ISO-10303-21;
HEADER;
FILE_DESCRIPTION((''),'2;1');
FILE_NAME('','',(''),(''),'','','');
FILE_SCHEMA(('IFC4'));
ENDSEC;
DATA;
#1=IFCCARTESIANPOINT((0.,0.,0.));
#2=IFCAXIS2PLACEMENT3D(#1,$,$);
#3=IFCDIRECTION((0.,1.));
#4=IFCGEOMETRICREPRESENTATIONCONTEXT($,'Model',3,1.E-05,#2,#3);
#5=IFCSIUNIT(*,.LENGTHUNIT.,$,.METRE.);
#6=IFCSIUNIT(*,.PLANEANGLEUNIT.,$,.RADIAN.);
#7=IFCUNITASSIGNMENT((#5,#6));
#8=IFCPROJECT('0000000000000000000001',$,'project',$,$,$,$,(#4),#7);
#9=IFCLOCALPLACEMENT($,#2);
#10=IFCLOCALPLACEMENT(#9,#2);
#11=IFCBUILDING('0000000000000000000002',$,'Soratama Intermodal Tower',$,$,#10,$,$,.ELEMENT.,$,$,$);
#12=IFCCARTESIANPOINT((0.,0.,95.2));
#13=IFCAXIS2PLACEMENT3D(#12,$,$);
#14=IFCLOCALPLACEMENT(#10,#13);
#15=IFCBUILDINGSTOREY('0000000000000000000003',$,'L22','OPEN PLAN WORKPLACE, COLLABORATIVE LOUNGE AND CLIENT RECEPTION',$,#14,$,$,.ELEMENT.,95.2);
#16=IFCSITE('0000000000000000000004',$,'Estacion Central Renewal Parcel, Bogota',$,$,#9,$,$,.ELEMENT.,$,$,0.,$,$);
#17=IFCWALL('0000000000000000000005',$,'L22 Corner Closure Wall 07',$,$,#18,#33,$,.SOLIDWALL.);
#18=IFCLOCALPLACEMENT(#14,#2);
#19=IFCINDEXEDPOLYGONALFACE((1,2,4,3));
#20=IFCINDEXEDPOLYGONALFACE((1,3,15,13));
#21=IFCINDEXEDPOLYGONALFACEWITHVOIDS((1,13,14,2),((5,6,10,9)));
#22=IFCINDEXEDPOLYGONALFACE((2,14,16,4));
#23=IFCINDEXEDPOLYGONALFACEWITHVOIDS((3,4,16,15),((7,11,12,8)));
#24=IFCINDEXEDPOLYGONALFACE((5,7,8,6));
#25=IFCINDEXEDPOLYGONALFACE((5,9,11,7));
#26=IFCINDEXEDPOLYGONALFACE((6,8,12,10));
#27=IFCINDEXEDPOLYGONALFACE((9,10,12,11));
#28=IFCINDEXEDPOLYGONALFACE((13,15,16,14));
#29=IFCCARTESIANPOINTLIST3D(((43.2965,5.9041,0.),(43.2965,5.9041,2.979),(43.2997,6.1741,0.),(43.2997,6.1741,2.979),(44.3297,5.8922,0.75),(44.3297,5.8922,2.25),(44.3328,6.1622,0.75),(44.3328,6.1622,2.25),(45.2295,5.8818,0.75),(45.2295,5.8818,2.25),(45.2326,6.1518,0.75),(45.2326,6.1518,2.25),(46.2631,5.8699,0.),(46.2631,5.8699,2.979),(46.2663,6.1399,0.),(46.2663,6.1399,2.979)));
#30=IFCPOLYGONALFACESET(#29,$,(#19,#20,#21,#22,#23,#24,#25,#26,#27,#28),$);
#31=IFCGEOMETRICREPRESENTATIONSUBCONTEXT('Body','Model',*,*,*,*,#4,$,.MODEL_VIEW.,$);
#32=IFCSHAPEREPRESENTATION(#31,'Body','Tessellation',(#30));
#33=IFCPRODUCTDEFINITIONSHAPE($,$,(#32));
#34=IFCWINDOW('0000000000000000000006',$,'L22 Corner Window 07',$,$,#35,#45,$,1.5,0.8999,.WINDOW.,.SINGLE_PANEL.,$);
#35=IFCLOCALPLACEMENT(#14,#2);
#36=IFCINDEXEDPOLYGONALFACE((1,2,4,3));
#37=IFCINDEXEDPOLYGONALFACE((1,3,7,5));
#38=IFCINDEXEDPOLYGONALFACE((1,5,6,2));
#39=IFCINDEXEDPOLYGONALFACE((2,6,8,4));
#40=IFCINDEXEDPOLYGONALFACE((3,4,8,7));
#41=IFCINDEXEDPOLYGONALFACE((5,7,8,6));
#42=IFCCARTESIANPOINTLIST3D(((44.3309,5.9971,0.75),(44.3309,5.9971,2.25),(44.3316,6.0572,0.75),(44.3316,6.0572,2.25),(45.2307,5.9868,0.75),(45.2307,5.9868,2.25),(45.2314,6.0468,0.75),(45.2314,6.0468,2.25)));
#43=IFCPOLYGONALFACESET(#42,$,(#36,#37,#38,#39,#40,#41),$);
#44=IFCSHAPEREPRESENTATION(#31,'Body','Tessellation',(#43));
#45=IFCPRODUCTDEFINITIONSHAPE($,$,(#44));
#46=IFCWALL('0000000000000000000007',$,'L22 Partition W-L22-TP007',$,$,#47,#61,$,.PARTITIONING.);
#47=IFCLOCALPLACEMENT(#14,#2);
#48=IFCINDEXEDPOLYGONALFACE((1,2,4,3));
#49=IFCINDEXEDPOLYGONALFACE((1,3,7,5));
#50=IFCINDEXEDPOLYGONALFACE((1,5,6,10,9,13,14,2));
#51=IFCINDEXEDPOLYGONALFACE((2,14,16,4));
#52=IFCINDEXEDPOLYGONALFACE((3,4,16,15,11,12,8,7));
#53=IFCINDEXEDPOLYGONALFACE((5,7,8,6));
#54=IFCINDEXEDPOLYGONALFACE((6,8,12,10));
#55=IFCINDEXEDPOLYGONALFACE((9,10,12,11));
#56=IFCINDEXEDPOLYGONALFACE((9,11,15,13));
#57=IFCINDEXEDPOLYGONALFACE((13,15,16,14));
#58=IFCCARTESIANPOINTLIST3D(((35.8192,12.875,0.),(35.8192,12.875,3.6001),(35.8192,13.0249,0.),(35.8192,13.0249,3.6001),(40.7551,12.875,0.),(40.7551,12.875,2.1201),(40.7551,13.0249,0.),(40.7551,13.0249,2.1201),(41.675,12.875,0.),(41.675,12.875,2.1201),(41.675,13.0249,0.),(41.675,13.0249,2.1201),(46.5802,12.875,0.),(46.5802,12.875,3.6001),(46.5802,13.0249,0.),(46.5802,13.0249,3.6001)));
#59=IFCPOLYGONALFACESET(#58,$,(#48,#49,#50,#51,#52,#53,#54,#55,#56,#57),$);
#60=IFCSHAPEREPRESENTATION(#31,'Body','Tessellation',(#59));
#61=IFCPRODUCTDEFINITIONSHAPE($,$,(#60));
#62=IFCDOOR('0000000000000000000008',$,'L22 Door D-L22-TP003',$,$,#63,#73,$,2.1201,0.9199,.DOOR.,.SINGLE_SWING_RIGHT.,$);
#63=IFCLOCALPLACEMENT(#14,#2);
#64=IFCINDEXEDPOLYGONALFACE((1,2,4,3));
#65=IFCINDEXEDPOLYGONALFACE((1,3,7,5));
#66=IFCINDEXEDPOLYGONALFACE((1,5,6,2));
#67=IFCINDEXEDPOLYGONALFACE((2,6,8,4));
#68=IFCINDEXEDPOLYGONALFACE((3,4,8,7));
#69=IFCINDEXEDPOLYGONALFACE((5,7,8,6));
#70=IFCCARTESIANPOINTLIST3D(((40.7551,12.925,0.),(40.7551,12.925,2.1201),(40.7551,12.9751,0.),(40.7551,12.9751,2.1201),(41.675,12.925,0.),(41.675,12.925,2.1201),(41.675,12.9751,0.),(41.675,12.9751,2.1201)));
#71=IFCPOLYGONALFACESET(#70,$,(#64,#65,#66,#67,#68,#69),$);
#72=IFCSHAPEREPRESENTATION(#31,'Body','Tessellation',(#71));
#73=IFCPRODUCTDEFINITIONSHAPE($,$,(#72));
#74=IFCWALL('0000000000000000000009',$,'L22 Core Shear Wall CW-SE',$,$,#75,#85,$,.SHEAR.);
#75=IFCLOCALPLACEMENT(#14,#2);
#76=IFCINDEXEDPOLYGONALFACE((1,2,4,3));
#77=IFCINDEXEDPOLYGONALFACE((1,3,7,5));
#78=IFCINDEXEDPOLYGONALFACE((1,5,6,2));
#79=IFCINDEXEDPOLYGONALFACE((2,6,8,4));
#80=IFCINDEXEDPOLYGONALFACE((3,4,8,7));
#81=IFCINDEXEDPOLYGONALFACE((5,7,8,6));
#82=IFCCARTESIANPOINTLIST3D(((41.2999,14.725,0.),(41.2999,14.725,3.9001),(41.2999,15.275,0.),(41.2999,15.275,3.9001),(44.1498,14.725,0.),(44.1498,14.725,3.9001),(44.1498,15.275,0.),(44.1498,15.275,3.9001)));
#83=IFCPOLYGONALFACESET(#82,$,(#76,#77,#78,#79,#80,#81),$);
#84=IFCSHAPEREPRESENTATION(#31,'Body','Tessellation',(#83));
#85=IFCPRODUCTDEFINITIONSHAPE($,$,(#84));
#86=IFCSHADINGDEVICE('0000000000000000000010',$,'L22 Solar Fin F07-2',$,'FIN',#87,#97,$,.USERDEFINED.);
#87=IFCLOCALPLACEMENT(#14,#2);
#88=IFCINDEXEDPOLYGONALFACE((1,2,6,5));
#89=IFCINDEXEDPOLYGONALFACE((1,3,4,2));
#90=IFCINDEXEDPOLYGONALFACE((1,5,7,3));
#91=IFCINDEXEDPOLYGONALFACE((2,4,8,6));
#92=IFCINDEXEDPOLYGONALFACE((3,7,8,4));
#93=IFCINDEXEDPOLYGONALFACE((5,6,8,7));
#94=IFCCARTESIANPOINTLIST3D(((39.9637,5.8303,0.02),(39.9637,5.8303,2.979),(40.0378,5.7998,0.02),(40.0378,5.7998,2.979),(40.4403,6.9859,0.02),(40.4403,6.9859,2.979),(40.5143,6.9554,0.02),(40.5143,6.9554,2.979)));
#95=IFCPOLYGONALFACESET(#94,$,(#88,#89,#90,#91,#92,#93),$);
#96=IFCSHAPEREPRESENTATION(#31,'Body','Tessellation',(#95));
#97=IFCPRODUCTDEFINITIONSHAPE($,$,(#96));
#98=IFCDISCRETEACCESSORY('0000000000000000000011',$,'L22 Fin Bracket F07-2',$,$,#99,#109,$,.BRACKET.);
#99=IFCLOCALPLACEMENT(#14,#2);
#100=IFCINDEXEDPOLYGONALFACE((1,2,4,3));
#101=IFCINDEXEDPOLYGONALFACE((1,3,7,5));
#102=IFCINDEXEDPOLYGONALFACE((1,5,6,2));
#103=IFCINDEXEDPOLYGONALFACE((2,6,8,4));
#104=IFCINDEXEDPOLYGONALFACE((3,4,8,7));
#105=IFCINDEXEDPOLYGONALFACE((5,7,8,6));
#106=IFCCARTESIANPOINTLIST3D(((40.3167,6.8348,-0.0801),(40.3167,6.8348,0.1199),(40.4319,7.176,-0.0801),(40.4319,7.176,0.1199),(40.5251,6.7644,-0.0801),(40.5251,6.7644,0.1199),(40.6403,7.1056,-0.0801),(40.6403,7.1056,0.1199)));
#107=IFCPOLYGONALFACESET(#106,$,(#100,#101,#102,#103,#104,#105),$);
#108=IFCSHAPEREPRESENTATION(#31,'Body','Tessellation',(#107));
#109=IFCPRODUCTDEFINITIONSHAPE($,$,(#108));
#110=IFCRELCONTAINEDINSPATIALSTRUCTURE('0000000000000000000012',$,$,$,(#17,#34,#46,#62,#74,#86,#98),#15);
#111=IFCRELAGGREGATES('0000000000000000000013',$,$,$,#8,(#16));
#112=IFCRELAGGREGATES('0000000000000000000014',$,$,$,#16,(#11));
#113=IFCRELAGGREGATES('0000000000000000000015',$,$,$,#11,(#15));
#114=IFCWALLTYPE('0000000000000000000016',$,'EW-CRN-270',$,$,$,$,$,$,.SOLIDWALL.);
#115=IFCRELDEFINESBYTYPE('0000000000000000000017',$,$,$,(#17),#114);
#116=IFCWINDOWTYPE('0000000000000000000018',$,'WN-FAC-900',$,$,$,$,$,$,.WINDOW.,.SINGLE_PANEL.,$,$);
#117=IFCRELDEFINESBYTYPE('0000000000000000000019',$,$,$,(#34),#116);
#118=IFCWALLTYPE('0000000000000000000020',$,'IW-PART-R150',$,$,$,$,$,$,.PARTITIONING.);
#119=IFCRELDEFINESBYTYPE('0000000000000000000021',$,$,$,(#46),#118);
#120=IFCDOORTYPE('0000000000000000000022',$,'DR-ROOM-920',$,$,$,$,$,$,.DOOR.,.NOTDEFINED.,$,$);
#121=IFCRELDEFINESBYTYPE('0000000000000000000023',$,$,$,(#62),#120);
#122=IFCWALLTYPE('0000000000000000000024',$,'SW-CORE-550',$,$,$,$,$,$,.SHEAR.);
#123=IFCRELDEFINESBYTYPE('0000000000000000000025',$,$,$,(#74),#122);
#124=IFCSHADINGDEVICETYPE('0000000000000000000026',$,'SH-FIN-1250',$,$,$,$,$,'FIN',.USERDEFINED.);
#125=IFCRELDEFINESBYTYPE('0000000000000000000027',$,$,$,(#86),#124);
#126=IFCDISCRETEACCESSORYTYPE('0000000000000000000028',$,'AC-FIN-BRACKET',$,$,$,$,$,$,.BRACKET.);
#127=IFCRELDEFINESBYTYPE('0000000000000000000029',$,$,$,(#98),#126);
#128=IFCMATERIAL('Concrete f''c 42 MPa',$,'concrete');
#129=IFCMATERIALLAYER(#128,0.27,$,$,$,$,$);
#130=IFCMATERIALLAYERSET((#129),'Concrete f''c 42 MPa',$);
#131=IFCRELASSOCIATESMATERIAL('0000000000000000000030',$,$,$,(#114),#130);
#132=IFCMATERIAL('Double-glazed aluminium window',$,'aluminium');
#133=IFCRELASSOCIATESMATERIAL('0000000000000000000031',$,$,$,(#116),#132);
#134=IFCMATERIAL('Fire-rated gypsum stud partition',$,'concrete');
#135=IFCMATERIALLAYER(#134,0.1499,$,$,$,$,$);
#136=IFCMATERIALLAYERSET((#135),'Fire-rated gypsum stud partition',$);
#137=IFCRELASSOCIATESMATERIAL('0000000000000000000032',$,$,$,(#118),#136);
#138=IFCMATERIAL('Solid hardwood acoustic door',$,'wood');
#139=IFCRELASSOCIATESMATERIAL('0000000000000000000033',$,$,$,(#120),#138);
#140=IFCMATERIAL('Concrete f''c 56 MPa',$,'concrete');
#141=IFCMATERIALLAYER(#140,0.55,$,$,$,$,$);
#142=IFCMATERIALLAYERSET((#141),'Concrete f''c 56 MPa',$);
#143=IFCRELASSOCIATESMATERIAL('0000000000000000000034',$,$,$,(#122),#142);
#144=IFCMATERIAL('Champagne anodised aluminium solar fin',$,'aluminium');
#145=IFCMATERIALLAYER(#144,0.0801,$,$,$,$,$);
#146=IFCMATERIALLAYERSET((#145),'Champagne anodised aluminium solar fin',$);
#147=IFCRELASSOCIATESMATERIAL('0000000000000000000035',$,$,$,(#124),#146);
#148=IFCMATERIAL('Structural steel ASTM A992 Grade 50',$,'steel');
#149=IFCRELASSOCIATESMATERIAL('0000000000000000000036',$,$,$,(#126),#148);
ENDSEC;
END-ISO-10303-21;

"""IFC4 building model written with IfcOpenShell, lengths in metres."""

from ifc_helpers import new_model, si_unit, direction, frame, frame_2d, origin, origin_2d, place, context, subcontext, project, spatial, rectangle, extrude, material, layer, layer_set, type_object, element, fill, save


model = new_model("IFC4")

# Units and contexts
model_context = context("Model", 3, precision=1e-05, world=origin(), true_north=direction((0.0, 1.0)))
body_context = subcontext(model_context, "Body", "Model", "MODEL_VIEW")
ifc_project = project(units=[si_unit("LENGTHUNIT", "METRE"), si_unit("PLANEANGLEUNIT", "RADIAN")], contexts=[model_context])

# Site, building, storey
site_placement = place(None, origin())
site = spatial("IfcSite", under=ifc_project, at=site_placement, Name="Estacion Central Renewal Parcel, Bogota", CompositionType="ELEMENT", RefElevation=0.0)
building_placement = place(site_placement, origin())
building = spatial("IfcBuilding", under=site, at=building_placement, Name="Soratama Intermodal Tower", CompositionType="ELEMENT")
storey_placement = place(building_placement, frame((0.0, 0.0, 95.2)))
storey = spatial("IfcBuildingStorey", under=building, at=storey_placement, Name="L22", Description="OPEN PLAN WORKPLACE, COLLABORATIVE LOUNGE AND CLIENT RECEPTION", CompositionType="ELEMENT", Elevation=95.2)

# Wall, opening, window
ifc_material_1 = material(Name="Concrete f'c 42 MPa", Category="concrete")
ifc_layer_1 = layer(ifc_material_1, 0.27)
ifc_layer_set_1 = layer_set([ifc_layer_1], Name="Concrete f'c 42 MPa")
wall_type_1 = type_object("IfcWallType", Name="EW-CRN-270", PredefinedType="SOLIDWALL", material=ifc_layer_set_1)
wall_1_placement = place(storey_placement, frame((43.2981, 6.0391, 0.0), z_axis=(0.0, 0.0, 1.0), x_axis=(0.999934, -0.011521, 0.0)))
wall_1 = element("IfcWall", 1, at=wall_1_placement, inside=storey, type_object=wall_type_1, Name="L22 Corner Closure Wall 07", PredefinedType="SOLIDWALL", context=body_context, shape_type="SweptSolid", body=[
    extrude(rectangle(XDim=2.9668, YDim=0.27, at=frame_2d((1.4834, 0.0))), origin(), (0.0, 0.0, 1.0), 2.979),
])
opening_1_placement = place(wall_1_placement, frame((1.0332, 0.0, 0.75)))
opening_1 = element("IfcOpeningElement", 2, at=opening_1_placement, cuts=wall_1, PredefinedType="OPENING", context=body_context, shape_type="SweptSolid", body=[
    extrude(rectangle(XDim=0.8999, YDim=1.5, at=frame_2d((0.45, 0.75))), frame((0.0, 0.145, 0.0), z_axis=(0.0, -1.0, 0.0), x_axis=(1.0, 0.0, 0.0)), (0.0, 0.0, 1.0), 0.29),
])
ifc_material_2 = material(Name="Double-glazed aluminium window", Category="aluminium")
window_type_1 = type_object("IfcWindowType", Name="WN-FAC-900", PartitioningType="SINGLE_PANEL", PredefinedType="WINDOW", material=ifc_material_2)
window_1_placement = place(opening_1_placement, origin())
window_1 = element("IfcWindow", 3, at=window_1_placement, inside=storey, type_object=window_type_1, Name="L22 Corner Window 07", OverallHeight=1.5, OverallWidth=0.8999, PartitioningType="SINGLE_PANEL", PredefinedType="WINDOW", context=body_context, shape_type="SweptSolid", body=[
    extrude(rectangle(XDim=0.8999, YDim=1.5, at=frame_2d((0.45, 0.75))), frame((0.0, 0.03, 0.0), z_axis=(0.0, -1.0, 0.0), x_axis=(1.0, 0.0, 0.0)), (0.0, 0.0, 1.0), 0.0601),
])
fill(opening_1, window_1)

# Wall, opening, door
ifc_material_3 = material(Name="Fire-rated gypsum stud partition", Category="concrete")
ifc_layer_2 = layer(ifc_material_3, 0.1499)
ifc_layer_set_2 = layer_set([ifc_layer_2], Name="Fire-rated gypsum stud partition")
wall_type_2 = type_object("IfcWallType", Name="IW-PART-R150", PredefinedType="PARTITIONING", material=ifc_layer_set_2)
wall_2_placement = place(storey_placement, frame((46.5801, 12.95, 0.0), z_axis=(0.0, 0.0, 1.0), x_axis=(-1.0, 0.0, 0.0)))
wall_2 = element("IfcWall", 4, at=wall_2_placement, inside=storey, type_object=wall_type_2, Name="L22 Partition W-L22-TP007", PredefinedType="PARTITIONING", context=body_context, shape_type="SweptSolid", body=[
    extrude(rectangle(XDim=10.761, YDim=0.1499, at=frame_2d((5.3804, 0.0))), origin(), (0.0, 0.0, 1.0), 3.6001),
])
opening_2_placement = place(wall_2_placement, frame((4.905, 0.0, 0.0)))
opening_2 = element("IfcOpeningElement", 5, at=opening_2_placement, cuts=wall_2, PredefinedType="OPENING", context=body_context, shape_type="SweptSolid", body=[
    extrude(rectangle(XDim=0.9199, YDim=2.1201, at=frame_2d((0.46, 1.0601))), frame((0.0, 0.085, 0.0), z_axis=(0.0, -1.0, 0.0), x_axis=(1.0, 0.0, 0.0)), (0.0, 0.0, 1.0), 0.1699),
])
ifc_material_4 = material(Name="Solid hardwood acoustic door", Category="wood")
door_type_1 = type_object("IfcDoorType", Name="DR-ROOM-920", OperationType="NOTDEFINED", PredefinedType="DOOR", material=ifc_material_4)
door_1_placement = place(opening_2_placement, origin())
door_1 = element("IfcDoor", 6, at=door_1_placement, inside=storey, type_object=door_type_1, Name="L22 Door D-L22-TP003", OperationType="SINGLE_SWING_RIGHT", OverallHeight=2.1201, OverallWidth=0.9199, PredefinedType="DOOR", context=body_context, shape_type="SweptSolid", body=[
    extrude(rectangle(XDim=0.9199, YDim=2.1201, at=frame_2d((0.46, 1.0601))), frame((0.0, 0.0249, 0.0), z_axis=(0.0, -1.0, 0.0), x_axis=(1.0, 0.0, 0.0)), (0.0, 0.0, 1.0), 0.05),
])
fill(opening_2, door_1)

# Wall
ifc_material_5 = material(Name="Concrete f'c 56 MPa", Category="concrete")
ifc_layer_3 = layer(ifc_material_5, 0.55)
ifc_layer_set_3 = layer_set([ifc_layer_3], Name="Concrete f'c 56 MPa")
wall_type_3 = type_object("IfcWallType", Name="SW-CORE-550", PredefinedType="SHEAR", material=ifc_layer_set_3)
wall_3_placement = place(storey_placement, frame((41.3, 15.0, 0.0), z_axis=(0.0, 0.0, 1.0), x_axis=(1.0, 0.0, 0.0)))
element("IfcWall", 7, at=wall_3_placement, inside=storey, type_object=wall_type_3, Name="L22 Core Shear Wall CW-SE", PredefinedType="SHEAR", context=body_context, shape_type="SweptSolid", body=[
    extrude(rectangle(XDim=2.8499, YDim=0.55, at=frame_2d((1.4248, 0.0))), origin(), (0.0, 0.0, 1.0), 3.9001),
])

# Shading device
ifc_material_6 = material(Name="Champagne anodised aluminium solar fin", Category="aluminium")
ifc_layer_4 = layer(ifc_material_6, 0.0801)
ifc_layer_set_4 = layer_set([ifc_layer_4], Name="Champagne anodised aluminium solar fin")
shading_device_type = type_object("IfcShadingDeviceType", Name="SH-FIN-1250", ElementType="FIN", PredefinedType="USERDEFINED", material=ifc_layer_set_4)
shading_device_placement = place(storey_placement, frame((40.239, 6.3928, 0.02), z_axis=(0.0, 0.0, 1.0), x_axis=(-0.381232, -0.92448, 0.0)))
element("IfcShadingDevice", 8, at=shading_device_placement, inside=storey, type_object=shading_device_type, Name="L22 Solar Fin F07-2", ObjectType="FIN", PredefinedType="USERDEFINED", context=body_context, shape_type="SweptSolid", body=[
    extrude(rectangle(XDim=1.25, YDim=0.0801, at=origin_2d()), origin(), (0.0, 0.0, 1.0), 2.959),
])

# Discrete accessory
ifc_material_7 = material(Name="Structural steel ASTM A992 Grade 50", Category="steel")
discrete_accessory_type = type_object("IfcDiscreteAccessoryType", Name="AC-FIN-BRACKET", PredefinedType="BRACKET", material=ifc_material_7)
discrete_accessory_placement = place(storey_placement, frame((40.4785, 6.9702, -0.0801), z_axis=(0.0, 0.0, 1.0), x_axis=(-0.319952, -0.947434, 0.0)))
element("IfcDiscreteAccessory", 9, at=discrete_accessory_placement, inside=storey, type_object=discrete_accessory_type, Name="L22 Fin Bracket F07-2", PredefinedType="BRACKET", context=body_context, shape_type="SweptSolid", body=[
    extrude(rectangle(XDim=0.3601, YDim=0.22, at=origin_2d()), origin(), (0.0, 0.0, 1.0), 0.2),
])

save(model, "model.ifc")
